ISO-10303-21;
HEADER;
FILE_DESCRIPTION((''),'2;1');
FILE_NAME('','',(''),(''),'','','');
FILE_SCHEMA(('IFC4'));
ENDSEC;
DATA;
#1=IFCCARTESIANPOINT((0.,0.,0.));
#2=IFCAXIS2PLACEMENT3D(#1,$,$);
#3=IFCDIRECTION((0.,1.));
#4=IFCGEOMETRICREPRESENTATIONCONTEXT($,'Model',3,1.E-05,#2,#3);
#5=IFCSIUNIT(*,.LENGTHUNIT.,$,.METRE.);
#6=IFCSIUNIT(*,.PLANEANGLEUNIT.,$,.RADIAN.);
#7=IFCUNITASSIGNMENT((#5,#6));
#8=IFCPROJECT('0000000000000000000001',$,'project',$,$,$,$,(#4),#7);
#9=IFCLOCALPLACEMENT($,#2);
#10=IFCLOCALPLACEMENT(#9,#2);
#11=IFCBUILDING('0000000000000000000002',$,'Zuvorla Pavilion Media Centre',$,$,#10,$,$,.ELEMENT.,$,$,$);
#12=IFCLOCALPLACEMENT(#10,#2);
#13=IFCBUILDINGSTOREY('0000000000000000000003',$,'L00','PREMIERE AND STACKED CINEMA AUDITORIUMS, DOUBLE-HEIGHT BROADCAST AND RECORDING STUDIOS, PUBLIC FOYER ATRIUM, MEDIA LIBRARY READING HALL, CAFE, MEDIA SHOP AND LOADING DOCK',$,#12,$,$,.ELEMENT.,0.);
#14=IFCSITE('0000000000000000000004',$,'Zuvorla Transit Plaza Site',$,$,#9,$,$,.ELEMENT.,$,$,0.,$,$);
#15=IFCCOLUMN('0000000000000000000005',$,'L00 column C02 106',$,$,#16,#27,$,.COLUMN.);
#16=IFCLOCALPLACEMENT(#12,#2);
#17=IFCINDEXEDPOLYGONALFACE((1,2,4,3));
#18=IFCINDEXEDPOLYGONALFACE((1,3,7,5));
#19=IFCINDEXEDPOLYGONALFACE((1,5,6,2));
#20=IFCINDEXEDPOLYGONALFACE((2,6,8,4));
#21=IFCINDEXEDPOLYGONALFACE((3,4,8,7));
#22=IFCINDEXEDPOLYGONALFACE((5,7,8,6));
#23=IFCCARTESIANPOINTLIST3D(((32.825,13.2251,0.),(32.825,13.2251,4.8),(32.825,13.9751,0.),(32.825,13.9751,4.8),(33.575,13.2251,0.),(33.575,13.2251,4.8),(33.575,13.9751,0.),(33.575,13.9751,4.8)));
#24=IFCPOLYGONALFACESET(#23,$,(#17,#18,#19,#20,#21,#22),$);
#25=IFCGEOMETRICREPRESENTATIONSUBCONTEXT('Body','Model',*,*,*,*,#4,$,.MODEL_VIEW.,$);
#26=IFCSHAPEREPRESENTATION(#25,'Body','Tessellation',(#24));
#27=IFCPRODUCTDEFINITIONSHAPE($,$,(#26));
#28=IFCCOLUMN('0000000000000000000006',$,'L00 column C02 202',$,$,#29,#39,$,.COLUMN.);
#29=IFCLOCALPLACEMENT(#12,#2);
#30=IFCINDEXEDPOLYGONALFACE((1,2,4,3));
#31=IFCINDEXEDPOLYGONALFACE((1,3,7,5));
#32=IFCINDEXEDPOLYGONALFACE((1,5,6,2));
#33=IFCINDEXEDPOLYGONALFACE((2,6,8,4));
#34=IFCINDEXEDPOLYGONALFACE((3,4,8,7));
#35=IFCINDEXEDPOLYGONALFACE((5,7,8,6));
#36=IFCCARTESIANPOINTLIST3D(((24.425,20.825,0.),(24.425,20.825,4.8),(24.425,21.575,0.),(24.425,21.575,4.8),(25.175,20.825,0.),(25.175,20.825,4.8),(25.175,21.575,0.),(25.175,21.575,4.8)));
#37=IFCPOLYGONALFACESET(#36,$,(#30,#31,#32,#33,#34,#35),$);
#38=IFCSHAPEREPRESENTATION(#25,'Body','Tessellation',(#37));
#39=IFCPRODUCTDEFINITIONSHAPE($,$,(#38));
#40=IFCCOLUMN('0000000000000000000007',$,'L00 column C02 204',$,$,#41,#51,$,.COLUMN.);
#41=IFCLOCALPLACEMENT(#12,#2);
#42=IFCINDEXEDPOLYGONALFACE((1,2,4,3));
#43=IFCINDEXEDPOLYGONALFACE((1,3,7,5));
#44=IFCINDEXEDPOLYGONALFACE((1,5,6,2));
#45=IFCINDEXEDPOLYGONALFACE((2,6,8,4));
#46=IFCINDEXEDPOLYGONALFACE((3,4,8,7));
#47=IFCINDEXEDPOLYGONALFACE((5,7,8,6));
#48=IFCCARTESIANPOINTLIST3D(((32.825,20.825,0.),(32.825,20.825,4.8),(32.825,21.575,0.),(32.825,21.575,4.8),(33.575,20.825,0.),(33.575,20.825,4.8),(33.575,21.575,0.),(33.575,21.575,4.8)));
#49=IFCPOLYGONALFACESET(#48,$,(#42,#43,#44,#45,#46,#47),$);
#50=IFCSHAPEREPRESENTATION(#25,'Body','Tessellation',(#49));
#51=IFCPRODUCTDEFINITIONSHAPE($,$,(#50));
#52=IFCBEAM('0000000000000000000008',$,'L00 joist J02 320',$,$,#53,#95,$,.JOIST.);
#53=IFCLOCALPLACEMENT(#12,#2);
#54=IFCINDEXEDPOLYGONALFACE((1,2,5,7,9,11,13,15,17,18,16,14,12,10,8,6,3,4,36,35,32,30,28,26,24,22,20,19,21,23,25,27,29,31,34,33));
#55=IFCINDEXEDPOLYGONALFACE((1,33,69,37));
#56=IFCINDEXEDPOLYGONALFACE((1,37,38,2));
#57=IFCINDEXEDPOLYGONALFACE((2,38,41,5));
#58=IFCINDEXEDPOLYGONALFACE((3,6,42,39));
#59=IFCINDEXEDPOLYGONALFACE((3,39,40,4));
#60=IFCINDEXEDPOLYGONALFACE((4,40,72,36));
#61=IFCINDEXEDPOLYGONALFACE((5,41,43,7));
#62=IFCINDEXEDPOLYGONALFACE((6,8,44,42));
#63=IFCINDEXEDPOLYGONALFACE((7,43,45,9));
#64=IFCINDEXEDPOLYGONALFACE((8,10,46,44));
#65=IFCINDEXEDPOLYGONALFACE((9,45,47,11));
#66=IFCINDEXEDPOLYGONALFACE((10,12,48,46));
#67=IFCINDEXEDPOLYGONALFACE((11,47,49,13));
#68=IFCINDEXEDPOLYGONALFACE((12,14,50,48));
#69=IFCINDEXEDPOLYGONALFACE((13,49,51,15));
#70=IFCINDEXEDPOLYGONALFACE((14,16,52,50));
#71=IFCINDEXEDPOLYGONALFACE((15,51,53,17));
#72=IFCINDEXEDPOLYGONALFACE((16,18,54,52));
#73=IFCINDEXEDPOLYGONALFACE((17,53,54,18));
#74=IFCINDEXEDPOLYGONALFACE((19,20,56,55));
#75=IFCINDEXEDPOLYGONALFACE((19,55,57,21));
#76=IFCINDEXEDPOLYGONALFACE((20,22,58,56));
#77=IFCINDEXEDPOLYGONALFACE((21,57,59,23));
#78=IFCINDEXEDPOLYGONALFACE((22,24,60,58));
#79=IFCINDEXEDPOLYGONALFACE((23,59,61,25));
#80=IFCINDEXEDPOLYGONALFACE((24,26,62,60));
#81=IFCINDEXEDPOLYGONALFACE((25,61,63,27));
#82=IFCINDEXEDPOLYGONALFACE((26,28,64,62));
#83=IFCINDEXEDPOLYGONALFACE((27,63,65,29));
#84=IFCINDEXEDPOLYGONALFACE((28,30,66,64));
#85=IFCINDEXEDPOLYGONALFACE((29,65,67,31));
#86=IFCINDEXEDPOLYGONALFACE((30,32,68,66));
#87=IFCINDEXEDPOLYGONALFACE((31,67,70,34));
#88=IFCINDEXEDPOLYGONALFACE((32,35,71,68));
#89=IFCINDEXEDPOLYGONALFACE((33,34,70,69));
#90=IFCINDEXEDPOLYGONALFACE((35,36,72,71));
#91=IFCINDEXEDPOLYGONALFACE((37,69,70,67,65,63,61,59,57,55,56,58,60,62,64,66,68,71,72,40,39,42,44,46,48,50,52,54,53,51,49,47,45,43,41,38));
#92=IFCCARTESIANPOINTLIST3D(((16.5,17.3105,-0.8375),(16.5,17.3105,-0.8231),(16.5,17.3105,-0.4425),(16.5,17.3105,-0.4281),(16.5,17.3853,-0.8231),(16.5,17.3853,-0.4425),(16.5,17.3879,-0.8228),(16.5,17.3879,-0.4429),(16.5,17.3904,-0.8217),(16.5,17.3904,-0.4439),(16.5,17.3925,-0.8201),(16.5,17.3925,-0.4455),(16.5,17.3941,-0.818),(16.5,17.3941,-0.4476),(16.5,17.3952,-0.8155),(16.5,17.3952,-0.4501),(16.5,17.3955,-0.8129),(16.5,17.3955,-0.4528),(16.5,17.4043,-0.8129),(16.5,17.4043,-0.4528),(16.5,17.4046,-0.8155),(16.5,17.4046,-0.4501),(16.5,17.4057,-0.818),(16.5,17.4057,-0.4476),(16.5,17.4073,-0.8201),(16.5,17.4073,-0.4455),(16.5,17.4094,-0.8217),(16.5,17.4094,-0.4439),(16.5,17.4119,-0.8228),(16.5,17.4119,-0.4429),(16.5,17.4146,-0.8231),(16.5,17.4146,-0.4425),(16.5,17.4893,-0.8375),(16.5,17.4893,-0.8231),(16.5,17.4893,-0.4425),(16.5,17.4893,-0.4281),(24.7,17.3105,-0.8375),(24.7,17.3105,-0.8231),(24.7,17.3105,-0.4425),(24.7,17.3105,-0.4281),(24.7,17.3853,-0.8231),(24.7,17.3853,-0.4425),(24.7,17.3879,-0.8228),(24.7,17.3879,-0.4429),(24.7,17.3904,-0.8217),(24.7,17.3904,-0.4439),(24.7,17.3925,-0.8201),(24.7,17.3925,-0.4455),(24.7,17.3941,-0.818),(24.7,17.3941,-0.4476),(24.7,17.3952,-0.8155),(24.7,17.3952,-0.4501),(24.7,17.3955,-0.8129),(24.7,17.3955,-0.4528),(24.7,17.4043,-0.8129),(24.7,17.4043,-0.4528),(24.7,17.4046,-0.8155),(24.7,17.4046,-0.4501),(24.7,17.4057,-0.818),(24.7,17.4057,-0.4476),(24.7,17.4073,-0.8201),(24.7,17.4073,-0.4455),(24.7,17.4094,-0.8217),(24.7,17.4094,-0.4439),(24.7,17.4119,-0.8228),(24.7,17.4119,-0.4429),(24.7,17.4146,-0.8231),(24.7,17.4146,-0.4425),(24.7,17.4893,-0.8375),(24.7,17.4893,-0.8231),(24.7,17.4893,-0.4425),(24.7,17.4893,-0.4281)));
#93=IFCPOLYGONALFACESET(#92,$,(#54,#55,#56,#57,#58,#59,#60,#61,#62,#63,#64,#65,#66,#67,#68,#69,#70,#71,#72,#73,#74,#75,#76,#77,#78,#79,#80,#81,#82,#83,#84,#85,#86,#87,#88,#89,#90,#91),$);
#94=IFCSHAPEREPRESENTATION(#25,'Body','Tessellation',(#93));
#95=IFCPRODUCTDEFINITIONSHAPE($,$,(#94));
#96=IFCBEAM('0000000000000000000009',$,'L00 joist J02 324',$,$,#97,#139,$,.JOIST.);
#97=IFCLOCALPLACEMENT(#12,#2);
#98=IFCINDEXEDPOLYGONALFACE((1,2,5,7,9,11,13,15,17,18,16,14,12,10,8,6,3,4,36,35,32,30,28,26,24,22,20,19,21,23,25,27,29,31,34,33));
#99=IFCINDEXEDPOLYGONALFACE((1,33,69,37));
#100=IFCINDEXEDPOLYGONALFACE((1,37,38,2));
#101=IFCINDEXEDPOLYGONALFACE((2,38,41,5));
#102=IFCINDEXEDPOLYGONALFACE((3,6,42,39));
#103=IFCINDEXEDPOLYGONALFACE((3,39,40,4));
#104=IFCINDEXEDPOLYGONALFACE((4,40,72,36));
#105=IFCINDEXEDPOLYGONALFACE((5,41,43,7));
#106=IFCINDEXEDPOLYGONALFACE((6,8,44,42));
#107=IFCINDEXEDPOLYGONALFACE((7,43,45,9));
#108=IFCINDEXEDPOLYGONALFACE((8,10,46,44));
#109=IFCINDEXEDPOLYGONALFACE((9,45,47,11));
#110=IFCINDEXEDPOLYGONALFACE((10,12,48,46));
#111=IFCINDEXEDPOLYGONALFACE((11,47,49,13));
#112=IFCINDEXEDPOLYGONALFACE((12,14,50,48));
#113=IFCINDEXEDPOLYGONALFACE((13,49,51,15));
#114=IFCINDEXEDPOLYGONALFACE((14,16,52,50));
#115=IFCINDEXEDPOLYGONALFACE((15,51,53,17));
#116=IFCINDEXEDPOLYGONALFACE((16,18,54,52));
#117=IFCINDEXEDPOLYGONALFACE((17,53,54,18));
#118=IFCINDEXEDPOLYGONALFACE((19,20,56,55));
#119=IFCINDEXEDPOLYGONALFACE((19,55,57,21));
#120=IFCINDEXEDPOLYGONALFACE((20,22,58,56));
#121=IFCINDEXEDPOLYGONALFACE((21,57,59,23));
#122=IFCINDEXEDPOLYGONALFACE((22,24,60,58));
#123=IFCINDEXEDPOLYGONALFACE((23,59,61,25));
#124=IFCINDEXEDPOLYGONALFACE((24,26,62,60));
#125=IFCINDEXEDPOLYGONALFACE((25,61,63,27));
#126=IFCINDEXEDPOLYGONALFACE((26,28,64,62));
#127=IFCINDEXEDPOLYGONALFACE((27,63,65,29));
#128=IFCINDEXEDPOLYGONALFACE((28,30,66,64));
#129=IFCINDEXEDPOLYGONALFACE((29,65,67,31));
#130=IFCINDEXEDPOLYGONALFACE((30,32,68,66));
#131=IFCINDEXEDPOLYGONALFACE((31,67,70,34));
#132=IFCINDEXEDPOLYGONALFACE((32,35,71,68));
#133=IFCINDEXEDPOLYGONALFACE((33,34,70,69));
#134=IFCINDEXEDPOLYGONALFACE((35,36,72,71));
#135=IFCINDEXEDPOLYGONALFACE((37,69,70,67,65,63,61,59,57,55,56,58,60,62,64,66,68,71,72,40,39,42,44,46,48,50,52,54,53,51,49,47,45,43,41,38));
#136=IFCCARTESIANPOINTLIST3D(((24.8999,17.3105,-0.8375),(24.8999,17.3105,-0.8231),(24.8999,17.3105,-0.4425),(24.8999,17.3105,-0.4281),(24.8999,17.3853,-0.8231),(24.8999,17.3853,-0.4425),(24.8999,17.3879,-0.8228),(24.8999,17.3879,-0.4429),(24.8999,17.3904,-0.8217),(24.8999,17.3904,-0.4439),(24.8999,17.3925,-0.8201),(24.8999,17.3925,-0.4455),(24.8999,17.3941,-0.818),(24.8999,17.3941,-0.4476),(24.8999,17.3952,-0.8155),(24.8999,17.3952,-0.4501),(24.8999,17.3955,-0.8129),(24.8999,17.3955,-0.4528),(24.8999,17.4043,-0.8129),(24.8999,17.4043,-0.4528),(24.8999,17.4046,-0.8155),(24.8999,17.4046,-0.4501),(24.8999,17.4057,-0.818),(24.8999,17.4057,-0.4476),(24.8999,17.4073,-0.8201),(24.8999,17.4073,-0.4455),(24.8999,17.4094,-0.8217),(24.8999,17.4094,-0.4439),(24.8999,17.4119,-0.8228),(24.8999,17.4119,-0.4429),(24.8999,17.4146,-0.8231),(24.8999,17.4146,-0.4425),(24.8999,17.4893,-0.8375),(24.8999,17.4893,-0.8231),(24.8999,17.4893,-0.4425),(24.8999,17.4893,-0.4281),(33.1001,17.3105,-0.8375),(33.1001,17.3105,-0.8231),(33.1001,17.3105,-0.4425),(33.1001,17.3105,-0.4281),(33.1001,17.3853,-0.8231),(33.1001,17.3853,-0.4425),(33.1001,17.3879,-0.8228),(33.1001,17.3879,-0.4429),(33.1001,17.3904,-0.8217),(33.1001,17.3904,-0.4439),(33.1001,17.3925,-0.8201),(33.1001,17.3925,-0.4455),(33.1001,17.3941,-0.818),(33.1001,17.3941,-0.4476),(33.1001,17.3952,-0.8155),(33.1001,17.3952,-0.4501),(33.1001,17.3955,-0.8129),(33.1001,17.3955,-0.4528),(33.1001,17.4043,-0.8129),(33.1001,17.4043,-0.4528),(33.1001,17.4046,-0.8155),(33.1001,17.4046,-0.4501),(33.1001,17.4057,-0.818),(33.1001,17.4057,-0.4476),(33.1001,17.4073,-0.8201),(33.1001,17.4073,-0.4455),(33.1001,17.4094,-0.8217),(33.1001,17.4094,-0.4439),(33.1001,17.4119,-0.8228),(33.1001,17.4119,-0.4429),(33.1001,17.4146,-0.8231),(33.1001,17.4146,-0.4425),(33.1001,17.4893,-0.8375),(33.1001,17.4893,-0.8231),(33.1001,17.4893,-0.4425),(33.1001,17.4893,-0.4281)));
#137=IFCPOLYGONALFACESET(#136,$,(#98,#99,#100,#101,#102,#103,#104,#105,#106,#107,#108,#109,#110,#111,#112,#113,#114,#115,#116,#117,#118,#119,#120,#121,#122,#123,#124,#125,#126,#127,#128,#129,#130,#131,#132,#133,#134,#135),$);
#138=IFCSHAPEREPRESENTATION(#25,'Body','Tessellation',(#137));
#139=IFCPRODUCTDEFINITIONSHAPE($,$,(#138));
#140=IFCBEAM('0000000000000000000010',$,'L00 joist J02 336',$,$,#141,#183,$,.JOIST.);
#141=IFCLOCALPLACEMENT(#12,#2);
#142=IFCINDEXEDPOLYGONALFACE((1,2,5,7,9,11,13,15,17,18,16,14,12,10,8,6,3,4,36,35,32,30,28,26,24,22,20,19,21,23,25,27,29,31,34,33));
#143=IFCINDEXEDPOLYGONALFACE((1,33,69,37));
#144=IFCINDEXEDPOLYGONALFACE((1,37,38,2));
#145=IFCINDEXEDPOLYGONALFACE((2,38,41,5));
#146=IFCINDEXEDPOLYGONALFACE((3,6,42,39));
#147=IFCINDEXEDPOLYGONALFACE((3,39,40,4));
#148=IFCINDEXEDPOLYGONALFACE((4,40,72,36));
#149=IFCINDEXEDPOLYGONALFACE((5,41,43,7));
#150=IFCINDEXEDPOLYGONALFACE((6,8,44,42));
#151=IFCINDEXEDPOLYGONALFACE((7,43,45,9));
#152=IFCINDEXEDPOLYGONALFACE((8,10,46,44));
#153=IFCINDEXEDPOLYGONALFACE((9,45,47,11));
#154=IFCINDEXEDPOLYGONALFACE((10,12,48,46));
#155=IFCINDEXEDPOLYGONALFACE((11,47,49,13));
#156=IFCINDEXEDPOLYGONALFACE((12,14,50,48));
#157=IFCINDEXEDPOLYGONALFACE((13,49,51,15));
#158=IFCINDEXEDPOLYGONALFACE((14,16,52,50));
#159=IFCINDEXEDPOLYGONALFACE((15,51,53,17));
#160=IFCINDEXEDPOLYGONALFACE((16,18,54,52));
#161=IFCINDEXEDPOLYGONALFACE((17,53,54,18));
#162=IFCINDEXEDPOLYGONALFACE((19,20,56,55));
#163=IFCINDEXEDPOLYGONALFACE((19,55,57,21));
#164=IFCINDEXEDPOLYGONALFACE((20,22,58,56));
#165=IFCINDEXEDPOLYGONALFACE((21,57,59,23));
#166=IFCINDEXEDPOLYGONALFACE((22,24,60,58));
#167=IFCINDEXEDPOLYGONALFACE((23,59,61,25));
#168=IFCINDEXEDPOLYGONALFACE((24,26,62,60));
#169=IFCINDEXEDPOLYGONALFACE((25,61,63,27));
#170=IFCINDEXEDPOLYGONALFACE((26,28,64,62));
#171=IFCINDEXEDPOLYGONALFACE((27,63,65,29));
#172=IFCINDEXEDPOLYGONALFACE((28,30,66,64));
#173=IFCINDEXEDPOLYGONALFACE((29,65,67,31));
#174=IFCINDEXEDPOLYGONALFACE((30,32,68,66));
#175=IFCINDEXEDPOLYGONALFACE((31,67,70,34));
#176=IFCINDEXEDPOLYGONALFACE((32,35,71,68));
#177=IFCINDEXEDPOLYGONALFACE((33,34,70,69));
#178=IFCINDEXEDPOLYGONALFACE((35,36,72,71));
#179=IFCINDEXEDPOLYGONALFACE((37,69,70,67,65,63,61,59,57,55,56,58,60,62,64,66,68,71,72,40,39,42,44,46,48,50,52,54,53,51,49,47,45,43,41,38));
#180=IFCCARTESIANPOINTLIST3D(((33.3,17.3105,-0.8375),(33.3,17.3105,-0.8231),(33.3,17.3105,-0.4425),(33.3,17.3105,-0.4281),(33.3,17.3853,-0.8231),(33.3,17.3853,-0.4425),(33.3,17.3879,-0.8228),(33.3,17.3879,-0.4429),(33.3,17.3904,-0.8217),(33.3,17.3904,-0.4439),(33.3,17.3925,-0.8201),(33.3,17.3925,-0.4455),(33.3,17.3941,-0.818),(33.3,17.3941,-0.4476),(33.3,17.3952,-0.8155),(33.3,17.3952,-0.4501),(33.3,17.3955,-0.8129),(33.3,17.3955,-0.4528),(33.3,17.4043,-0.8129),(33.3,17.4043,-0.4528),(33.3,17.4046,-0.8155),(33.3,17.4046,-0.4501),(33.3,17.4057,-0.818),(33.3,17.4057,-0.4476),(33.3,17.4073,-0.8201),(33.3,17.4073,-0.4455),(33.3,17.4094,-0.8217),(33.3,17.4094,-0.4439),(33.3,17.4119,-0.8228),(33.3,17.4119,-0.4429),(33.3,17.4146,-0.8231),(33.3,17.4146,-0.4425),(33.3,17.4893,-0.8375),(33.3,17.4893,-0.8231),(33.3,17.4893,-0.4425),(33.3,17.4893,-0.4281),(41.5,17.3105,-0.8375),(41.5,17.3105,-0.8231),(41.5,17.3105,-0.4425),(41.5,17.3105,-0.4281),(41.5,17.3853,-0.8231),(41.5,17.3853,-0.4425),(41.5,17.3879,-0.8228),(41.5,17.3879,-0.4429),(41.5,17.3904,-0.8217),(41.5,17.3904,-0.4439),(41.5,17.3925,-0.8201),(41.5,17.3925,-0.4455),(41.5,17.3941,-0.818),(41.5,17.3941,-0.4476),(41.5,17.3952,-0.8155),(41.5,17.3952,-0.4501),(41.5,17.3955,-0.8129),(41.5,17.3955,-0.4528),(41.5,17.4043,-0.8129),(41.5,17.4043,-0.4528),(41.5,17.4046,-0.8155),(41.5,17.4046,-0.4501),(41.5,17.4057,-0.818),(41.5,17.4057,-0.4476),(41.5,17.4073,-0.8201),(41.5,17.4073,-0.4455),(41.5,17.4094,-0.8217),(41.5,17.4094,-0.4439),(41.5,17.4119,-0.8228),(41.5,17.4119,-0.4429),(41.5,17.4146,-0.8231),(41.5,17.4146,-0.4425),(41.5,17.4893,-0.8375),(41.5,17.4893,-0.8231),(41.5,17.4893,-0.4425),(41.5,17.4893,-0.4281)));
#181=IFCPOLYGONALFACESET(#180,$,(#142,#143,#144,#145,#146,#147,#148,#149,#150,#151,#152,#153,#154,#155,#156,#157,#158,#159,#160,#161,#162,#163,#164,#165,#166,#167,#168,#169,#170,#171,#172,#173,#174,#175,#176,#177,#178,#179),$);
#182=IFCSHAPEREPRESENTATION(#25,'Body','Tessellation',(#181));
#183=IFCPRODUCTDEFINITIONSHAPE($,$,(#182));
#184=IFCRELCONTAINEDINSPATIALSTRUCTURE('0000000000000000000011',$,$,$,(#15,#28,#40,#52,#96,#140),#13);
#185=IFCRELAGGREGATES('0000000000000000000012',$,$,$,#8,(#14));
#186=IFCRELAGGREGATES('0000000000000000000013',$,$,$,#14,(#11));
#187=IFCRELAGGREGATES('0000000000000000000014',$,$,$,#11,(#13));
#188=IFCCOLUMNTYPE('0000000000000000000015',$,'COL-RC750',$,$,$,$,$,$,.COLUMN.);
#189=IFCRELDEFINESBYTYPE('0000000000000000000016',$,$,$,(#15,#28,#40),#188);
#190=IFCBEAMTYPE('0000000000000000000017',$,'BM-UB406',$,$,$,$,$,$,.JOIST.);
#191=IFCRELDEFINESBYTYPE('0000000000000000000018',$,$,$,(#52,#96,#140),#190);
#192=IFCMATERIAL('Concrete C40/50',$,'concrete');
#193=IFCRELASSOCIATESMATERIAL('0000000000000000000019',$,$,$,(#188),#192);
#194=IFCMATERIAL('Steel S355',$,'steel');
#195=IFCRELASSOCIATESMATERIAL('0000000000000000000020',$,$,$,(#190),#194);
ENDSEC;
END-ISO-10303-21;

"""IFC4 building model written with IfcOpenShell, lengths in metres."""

from ifc_helpers import new_model, si_unit, direction, frame, origin, origin_2d, place, context, subcontext, project, spatial, rectangle, i_section, extrude, material, material_profile, profile_set, type_object, element, save


model = new_model("IFC4")

# Units and contexts
model_context = context("Model", 3, precision=1e-05, world=origin(), true_north=direction((0.0, 1.0)))
body_context = subcontext(model_context, "Body", "Model", "MODEL_VIEW")
ifc_project = project(units=[si_unit("LENGTHUNIT", "METRE"), si_unit("PLANEANGLEUNIT", "RADIAN")], contexts=[model_context])

# Site, building, storey
site_placement = place(None, origin())
site = spatial("IfcSite", under=ifc_project, at=site_placement, Name="Zuvorla Transit Plaza Site", CompositionType="ELEMENT", RefElevation=0.0)
building_placement = place(site_placement, origin())
building = spatial("IfcBuilding", under=site, at=building_placement, Name="Zuvorla Pavilion Media Centre", CompositionType="ELEMENT")
storey_placement = place(building_placement, origin())
storey = spatial("IfcBuildingStorey", under=building, at=storey_placement, Name="L00", Description="PREMIERE AND STACKED CINEMA AUDITORIUMS, DOUBLE-HEIGHT BROADCAST AND RECORDING STUDIOS, PUBLIC FOYER ATRIUM, MEDIA LIBRARY READING HALL, CAFE, MEDIA SHOP AND LOADING DOCK", CompositionType="ELEMENT", Elevation=0.0)

# Columns
ifc_material_1 = material(Name="Concrete C40/50", Category="concrete")
ifc_material_profile_1 = material_profile(ifc_material_1, rectangle(XDim=0.75, YDim=0.75, at=origin_2d()), Name="RC 750x750")
ifc_profile_set_1 = profile_set([ifc_material_profile_1], Name="Concrete C40/50")
column_type = type_object("IfcColumnType", Name="COL-RC750", PredefinedType="COLUMN", material=ifc_profile_set_1)
for number, where, z_axis, x_axis, name in (
    (1, (33.2, 13.6001, 0.0), (0.0, 0.0, 1.0), (1.0, 0.0, 0.0), "L00 column C02 106"),
    (2, (24.8, 21.2, 0.0), (0.0, 0.0, 1.0), (1.0, 0.0, 0.0), "L00 column C02 202"),
    (3, (33.2, 21.2, 0.0), (0.0, 0.0, 1.0), (1.0, 0.0, 0.0), "L00 column C02 204"),
):
    element("IfcColumn", number, at=place(storey_placement, frame(where, z_axis=z_axis, x_axis=x_axis)), inside=storey, type_object=column_type, Name=name, PredefinedType="COLUMN", context=body_context, shape_type="SweptSolid", body=[
        extrude(rectangle(XDim=0.75, YDim=0.75, at=origin_2d()), origin(), (0.0, 0.0, 1.0), 4.8),
    ])

# Beams
ifc_material_2 = material(Name="Steel S355", Category="steel")
ifc_material_profile_2 = material_profile(ifc_material_2, i_section(OverallWidth=0.1787, OverallDepth=0.4094, WebThickness=0.0088, FlangeThickness=0.0144, FilletRadius=0.0103, at=origin_2d()), Name="UB 406x178x67")
ifc_profile_set_2 = profile_set([ifc_material_profile_2], Name="Steel S355")
beam_type_1 = type_object("IfcBeamType", Name="BM-UB406", PredefinedType="JOIST", material=ifc_profile_set_2)
beam_1_placement = place(storey_placement, frame((16.5, 17.3999, -0.6328), z_axis=(1.0, 0.0, 0.0), x_axis=(0.0, 1.0, 0.0)))
element("IfcBeam", 4, at=beam_1_placement, inside=storey, type_object=beam_type_1, Name="L00 joist J02 320", PredefinedType="JOIST", context=body_context, shape_type="SweptSolid", body=[
    extrude(i_section(OverallWidth=0.1787, OverallDepth=0.4094, WebThickness=0.0088, FlangeThickness=0.0144, FilletRadius=0.0103, at=origin_2d()), origin(), (0.0, 0.0, 1.0), 8.2),
])
beam_2_placement = place(storey_placement, frame((24.8999, 17.3999, -0.6328), z_axis=(1.0, 0.0, 0.0), x_axis=(0.0, 1.0, 0.0)))
element("IfcBeam", 5, at=beam_2_placement, inside=storey, type_object=beam_type_1, Name="L00 joist J02 324", PredefinedType="JOIST", context=body_context, shape_type="SweptSolid", body=[
    extrude(i_section(OverallWidth=0.1787, OverallDepth=0.4094, WebThickness=0.0088, FlangeThickness=0.0144, FilletRadius=0.0103, at=origin_2d()), origin(), (0.0, 0.0, 1.0), 8.2002),
])
beam_3_placement = place(storey_placement, frame((33.3, 17.3999, -0.6328), z_axis=(1.0, 0.0, 0.0), x_axis=(0.0, 1.0, 0.0)))
element("IfcBeam", 6, at=beam_3_placement, inside=storey, type_object=beam_type_1, Name="L00 joist J02 336", PredefinedType="JOIST", context=body_context, shape_type="SweptSolid", body=[
    extrude(i_section(OverallWidth=0.1787, OverallDepth=0.4094, WebThickness=0.0088, FlangeThickness=0.0144, FilletRadius=0.0103, at=origin_2d()), origin(), (0.0, 0.0, 1.0), 8.2),
])

save(model, "model.ifc")
